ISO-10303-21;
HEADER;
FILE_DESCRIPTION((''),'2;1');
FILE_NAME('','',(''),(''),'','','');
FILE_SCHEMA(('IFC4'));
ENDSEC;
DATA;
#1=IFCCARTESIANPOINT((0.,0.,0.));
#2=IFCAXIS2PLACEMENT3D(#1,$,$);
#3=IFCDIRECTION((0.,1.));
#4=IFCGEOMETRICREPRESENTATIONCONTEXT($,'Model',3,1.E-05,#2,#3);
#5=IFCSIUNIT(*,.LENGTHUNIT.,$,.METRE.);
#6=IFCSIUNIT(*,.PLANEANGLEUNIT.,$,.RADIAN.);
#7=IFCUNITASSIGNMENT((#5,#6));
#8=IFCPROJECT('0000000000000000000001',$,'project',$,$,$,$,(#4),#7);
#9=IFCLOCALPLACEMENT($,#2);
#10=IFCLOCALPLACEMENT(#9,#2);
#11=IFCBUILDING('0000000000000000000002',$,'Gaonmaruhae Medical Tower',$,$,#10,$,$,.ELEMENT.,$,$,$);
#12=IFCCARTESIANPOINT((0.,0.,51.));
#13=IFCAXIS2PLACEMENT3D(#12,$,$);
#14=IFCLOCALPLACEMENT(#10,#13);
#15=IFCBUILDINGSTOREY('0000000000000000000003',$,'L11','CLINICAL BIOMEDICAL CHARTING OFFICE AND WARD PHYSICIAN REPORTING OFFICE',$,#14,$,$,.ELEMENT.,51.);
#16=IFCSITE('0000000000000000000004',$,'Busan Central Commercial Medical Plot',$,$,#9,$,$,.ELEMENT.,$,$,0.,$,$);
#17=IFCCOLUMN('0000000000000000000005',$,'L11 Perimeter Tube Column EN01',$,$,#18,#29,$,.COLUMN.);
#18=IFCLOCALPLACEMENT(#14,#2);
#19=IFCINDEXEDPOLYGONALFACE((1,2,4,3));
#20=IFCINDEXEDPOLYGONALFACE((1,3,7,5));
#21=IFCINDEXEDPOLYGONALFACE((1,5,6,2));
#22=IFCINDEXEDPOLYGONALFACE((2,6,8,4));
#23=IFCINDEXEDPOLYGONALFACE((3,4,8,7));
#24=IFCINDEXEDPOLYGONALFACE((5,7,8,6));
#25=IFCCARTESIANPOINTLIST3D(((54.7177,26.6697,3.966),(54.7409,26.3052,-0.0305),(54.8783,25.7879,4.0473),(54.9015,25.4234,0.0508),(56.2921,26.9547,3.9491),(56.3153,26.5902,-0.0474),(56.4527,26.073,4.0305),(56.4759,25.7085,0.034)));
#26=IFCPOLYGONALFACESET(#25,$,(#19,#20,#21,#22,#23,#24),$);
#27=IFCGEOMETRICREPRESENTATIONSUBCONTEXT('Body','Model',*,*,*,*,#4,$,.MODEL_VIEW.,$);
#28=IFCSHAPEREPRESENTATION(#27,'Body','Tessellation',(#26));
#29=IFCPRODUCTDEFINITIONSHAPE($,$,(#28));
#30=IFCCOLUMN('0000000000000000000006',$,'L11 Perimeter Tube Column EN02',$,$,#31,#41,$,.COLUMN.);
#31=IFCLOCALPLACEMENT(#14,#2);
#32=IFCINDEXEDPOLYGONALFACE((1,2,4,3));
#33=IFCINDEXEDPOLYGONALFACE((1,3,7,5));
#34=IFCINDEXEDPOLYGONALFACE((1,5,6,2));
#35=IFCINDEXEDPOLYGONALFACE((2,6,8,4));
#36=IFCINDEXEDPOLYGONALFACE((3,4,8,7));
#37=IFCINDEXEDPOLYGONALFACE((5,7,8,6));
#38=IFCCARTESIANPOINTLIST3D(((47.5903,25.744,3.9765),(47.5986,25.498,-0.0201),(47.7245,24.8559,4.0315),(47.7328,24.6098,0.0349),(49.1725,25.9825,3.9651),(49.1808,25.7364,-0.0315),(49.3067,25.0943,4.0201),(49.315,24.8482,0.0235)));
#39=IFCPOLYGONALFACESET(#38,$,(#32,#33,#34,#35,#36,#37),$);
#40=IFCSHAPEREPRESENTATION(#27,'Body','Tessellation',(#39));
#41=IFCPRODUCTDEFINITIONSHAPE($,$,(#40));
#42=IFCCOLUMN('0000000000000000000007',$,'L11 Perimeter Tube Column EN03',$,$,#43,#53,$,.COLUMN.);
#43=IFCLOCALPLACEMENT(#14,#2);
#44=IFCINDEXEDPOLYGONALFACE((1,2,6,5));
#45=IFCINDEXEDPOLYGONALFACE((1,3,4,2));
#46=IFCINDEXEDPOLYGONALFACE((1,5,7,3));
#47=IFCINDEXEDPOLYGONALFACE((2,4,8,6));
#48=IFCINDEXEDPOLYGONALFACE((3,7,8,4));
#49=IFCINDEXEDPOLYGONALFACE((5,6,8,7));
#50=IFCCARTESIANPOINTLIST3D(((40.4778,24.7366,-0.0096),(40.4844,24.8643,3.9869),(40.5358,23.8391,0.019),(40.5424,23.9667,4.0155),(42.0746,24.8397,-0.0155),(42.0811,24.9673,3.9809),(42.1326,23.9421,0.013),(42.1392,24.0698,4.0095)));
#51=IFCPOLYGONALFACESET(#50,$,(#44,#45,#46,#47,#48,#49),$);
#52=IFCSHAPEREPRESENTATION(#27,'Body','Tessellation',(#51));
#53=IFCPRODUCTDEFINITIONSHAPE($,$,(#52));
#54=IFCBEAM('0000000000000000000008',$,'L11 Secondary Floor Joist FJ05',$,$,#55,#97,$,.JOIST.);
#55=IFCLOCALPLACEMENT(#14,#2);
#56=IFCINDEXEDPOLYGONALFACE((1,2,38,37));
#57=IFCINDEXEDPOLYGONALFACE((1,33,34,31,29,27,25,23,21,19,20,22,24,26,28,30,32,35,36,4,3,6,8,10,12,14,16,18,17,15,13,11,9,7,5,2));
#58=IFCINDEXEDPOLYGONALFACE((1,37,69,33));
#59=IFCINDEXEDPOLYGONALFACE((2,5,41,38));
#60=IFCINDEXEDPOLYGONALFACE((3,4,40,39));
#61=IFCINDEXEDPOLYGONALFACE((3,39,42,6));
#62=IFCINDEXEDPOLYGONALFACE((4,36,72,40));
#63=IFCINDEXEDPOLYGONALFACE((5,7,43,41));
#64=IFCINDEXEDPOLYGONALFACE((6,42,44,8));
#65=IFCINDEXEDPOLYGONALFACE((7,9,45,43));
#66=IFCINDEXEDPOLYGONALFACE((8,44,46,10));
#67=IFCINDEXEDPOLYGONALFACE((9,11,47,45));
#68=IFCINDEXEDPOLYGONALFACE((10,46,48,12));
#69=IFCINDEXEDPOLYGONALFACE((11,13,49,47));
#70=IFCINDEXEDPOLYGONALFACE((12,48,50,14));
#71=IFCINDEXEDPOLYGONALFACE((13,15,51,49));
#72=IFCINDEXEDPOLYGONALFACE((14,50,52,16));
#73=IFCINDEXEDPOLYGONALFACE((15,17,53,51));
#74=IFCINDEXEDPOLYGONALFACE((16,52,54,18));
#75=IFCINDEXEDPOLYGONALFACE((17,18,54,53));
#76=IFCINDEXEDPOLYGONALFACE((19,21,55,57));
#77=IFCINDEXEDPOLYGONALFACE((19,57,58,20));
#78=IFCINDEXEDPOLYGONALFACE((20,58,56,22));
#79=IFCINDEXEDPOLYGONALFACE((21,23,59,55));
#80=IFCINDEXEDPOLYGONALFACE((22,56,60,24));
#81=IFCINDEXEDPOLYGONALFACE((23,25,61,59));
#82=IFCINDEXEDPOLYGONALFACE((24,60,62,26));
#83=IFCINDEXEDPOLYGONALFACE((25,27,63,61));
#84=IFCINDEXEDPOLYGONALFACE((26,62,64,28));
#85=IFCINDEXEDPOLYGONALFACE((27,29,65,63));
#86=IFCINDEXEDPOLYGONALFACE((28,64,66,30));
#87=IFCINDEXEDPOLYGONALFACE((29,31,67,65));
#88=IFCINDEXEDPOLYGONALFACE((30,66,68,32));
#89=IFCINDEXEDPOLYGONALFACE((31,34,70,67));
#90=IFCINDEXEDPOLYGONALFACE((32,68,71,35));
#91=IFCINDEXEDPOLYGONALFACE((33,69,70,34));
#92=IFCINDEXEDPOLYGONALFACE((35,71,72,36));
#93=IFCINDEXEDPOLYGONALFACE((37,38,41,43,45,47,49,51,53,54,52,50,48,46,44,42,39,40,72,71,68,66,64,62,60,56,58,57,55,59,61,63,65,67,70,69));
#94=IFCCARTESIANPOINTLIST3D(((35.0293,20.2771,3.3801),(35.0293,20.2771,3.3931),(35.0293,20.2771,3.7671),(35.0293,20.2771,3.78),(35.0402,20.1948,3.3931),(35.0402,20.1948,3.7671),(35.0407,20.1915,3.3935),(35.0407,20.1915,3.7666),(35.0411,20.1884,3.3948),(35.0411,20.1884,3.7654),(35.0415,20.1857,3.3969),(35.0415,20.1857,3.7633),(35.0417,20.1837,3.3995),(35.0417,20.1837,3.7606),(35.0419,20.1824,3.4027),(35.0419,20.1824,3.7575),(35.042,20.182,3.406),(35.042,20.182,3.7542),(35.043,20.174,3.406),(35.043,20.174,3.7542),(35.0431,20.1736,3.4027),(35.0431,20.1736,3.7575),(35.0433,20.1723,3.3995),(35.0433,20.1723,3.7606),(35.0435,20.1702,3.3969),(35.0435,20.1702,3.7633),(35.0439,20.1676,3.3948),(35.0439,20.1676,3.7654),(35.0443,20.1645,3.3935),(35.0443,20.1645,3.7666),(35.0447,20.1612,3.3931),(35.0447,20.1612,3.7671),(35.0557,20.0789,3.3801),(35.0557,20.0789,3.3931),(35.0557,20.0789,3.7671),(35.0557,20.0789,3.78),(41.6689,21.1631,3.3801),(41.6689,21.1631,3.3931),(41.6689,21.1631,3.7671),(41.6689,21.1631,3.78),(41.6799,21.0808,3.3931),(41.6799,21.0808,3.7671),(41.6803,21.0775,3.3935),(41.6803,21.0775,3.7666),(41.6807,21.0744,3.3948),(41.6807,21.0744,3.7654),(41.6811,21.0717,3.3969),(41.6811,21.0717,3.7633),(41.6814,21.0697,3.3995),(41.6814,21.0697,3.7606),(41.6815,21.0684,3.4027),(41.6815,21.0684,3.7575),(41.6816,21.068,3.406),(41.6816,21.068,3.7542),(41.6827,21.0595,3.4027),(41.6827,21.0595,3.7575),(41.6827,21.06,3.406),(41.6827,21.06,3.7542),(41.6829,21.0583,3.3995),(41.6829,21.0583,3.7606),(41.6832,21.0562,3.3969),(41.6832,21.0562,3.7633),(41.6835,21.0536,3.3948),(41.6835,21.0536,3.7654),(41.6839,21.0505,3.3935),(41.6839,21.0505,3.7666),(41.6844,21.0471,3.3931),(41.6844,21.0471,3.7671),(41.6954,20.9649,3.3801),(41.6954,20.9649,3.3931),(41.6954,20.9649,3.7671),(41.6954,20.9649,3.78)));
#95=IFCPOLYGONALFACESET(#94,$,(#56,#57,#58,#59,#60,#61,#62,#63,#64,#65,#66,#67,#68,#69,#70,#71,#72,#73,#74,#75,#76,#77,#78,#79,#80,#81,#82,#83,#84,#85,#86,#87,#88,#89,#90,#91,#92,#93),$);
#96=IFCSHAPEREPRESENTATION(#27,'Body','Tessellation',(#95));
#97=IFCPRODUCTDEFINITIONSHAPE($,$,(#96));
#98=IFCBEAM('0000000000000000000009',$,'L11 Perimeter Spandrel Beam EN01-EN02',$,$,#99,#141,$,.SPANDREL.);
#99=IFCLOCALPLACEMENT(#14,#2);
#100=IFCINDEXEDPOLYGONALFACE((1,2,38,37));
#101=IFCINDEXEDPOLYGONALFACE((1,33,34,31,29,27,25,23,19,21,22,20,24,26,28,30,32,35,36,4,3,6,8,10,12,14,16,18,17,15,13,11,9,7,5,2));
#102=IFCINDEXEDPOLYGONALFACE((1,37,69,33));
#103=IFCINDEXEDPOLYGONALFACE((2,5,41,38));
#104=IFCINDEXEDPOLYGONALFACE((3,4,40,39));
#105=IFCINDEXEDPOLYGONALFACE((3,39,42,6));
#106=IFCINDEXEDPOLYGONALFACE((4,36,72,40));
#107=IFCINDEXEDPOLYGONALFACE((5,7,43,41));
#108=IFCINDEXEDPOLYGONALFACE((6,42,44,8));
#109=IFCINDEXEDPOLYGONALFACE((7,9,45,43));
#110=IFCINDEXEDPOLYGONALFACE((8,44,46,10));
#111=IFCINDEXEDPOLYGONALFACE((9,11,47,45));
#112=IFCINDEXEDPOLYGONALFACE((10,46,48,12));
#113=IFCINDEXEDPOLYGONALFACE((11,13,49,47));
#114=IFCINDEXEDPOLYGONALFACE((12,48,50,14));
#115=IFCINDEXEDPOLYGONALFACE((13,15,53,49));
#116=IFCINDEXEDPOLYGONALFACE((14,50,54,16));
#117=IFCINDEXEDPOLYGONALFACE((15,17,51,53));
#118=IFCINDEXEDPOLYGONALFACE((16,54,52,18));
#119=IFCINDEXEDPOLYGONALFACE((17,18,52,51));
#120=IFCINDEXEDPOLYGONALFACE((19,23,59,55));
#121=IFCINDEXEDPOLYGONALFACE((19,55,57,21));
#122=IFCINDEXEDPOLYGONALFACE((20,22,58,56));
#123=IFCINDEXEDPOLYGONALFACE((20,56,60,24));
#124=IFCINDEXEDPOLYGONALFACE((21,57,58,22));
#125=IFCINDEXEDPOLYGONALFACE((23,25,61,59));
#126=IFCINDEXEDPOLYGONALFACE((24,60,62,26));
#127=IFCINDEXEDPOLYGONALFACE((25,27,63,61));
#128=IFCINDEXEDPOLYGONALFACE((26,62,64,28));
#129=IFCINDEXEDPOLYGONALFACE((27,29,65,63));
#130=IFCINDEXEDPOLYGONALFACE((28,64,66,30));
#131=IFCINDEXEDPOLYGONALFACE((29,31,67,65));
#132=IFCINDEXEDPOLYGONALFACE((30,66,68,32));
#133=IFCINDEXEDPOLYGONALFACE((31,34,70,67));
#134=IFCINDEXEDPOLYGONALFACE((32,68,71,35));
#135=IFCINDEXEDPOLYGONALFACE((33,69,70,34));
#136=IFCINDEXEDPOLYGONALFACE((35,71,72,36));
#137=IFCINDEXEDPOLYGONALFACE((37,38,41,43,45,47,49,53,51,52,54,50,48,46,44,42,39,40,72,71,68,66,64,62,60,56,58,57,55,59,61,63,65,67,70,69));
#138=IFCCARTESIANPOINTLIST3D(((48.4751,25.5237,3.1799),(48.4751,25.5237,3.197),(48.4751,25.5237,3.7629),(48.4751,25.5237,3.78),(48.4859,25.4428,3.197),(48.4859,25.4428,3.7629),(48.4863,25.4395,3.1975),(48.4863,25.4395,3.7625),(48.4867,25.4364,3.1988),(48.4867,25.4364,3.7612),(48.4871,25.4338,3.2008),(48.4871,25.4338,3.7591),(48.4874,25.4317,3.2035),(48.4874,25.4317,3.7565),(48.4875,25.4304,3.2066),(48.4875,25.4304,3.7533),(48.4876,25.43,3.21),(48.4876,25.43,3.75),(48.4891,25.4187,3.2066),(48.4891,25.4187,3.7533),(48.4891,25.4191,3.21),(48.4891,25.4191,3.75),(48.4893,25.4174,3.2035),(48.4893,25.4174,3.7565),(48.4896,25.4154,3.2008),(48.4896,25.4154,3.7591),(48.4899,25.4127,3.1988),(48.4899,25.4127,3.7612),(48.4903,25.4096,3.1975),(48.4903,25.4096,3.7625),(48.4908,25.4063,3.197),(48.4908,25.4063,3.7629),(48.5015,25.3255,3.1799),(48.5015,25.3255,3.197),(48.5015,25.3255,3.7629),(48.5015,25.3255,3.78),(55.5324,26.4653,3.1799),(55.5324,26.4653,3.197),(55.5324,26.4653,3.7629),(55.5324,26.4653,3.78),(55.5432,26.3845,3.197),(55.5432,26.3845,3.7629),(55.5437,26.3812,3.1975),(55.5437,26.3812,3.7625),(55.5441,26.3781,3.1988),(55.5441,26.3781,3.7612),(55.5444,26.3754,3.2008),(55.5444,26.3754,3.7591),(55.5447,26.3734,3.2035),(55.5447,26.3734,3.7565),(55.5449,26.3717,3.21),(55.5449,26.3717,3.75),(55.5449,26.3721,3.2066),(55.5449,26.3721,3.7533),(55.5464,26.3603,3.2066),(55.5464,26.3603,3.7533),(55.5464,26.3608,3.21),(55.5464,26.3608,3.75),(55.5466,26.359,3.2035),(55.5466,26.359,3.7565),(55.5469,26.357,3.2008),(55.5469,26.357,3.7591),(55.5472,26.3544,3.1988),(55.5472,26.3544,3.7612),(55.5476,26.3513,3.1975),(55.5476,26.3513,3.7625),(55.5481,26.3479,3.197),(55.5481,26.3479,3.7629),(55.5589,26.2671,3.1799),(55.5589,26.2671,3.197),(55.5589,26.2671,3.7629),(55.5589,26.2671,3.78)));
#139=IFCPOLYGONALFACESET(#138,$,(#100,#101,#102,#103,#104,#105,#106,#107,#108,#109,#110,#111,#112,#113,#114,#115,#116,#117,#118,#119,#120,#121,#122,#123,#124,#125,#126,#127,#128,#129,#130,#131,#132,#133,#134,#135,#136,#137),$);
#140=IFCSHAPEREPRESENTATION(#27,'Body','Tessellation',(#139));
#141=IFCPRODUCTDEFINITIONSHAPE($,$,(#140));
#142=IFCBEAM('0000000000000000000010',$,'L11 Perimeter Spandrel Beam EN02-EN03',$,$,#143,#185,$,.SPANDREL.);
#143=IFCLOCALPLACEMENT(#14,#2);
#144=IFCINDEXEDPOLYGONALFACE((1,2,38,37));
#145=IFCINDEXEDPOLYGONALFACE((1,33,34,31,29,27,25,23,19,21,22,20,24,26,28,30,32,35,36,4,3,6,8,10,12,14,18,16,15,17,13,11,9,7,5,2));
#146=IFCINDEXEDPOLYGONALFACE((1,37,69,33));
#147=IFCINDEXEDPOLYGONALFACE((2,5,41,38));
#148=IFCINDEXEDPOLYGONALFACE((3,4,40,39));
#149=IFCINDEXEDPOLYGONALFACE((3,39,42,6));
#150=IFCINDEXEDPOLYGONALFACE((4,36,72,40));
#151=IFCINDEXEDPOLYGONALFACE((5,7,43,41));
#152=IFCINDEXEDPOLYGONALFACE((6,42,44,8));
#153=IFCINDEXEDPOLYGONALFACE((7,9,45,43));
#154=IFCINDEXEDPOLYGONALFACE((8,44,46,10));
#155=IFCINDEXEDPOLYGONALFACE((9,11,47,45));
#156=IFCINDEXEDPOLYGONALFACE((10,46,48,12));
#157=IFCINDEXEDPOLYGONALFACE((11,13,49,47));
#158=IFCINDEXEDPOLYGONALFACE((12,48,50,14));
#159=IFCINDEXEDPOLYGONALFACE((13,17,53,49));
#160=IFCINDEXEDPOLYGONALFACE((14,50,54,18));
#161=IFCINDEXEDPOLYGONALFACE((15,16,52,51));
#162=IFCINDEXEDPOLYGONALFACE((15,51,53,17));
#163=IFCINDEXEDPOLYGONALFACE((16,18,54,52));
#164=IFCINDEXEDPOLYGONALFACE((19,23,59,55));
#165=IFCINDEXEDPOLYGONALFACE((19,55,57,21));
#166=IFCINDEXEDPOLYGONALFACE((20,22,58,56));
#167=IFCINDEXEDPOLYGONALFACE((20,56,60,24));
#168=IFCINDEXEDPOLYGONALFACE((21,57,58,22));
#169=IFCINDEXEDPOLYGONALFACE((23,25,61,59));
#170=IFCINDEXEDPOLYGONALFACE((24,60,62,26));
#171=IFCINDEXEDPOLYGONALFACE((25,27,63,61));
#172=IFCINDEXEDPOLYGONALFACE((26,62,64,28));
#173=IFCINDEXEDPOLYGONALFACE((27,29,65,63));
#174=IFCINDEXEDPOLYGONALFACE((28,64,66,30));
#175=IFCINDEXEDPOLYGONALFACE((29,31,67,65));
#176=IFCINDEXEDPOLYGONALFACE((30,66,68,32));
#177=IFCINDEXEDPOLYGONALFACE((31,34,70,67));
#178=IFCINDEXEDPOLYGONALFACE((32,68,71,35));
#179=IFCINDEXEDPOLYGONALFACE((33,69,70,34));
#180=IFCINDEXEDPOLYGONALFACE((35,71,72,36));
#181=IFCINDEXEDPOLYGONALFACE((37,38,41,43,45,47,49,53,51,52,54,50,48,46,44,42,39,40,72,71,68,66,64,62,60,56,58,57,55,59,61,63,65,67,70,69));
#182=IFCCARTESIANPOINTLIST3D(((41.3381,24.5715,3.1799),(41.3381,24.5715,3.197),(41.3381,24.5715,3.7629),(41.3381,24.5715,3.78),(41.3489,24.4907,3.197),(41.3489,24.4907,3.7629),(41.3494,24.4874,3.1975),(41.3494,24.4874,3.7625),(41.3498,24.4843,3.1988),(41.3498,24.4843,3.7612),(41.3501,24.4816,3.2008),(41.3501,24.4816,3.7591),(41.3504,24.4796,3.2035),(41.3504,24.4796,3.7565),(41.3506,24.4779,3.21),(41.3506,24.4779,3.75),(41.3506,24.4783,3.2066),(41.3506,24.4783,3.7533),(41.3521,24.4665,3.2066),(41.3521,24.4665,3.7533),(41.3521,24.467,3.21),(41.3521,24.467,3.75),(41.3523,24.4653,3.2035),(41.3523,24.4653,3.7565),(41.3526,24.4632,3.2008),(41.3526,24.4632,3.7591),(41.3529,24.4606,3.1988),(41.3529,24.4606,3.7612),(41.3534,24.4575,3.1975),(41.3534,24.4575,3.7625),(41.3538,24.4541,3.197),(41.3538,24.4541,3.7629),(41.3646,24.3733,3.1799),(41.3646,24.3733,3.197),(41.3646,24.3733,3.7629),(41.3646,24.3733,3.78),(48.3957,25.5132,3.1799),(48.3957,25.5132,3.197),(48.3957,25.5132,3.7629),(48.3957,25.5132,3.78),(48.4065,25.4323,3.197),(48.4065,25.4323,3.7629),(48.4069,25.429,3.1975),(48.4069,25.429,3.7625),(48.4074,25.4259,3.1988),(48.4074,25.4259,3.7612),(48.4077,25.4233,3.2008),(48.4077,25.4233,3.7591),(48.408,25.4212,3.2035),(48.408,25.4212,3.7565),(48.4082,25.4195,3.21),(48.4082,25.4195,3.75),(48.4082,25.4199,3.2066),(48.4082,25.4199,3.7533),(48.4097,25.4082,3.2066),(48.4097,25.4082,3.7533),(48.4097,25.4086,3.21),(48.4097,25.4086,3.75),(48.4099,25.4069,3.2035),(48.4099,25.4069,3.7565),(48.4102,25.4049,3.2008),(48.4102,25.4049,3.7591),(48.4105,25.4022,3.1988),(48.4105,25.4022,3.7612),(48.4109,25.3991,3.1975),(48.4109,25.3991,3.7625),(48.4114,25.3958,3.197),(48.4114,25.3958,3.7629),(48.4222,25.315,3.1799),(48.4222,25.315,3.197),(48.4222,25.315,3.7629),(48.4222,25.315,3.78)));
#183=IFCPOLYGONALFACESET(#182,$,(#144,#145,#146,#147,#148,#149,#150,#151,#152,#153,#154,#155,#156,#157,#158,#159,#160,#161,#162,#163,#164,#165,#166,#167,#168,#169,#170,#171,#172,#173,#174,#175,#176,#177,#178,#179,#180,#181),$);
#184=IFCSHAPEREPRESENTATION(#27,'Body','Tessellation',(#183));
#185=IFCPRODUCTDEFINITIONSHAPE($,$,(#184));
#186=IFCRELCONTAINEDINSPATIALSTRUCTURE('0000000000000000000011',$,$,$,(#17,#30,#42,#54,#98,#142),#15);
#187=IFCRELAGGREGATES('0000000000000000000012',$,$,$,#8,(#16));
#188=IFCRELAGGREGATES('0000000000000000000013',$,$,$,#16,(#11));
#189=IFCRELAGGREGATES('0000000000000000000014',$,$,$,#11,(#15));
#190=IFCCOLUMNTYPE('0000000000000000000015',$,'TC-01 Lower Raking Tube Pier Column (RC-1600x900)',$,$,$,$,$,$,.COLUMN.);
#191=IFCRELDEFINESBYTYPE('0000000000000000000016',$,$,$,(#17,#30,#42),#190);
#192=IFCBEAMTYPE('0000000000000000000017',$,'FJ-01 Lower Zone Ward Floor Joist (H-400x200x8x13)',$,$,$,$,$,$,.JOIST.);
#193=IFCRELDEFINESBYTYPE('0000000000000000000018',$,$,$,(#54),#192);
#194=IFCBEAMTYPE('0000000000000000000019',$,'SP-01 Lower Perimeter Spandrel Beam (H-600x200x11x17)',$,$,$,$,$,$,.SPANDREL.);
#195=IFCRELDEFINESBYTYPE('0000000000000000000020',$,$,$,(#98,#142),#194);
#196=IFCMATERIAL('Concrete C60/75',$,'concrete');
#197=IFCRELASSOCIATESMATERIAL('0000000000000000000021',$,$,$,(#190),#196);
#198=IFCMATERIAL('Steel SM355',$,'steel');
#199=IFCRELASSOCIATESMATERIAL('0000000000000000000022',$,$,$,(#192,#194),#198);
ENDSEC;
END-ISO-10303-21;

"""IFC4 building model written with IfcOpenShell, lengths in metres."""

from ifc_helpers import new_model, si_unit, direction, frame, origin, origin_2d, place, context, subcontext, project, spatial, rectangle, i_section, extrude, material, material_profile, profile_set, type_object, element, save


model = new_model("IFC4")

# Units and contexts
model_context = context("Model", 3, precision=1e-05, world=origin(), true_north=direction((0.0, 1.0)))
body_context = subcontext(model_context, "Body", "Model", "MODEL_VIEW")
ifc_project = project(units=[si_unit("LENGTHUNIT", "METRE"), si_unit("PLANEANGLEUNIT", "RADIAN")], contexts=[model_context])

# Site, building, storey
site_placement = place(None, origin())
site = spatial("IfcSite", under=ifc_project, at=site_placement, Name="Busan Central Commercial Medical Plot", CompositionType="ELEMENT", RefElevation=0.0)
building_placement = place(site_placement, origin())
building = spatial("IfcBuilding", under=site, at=building_placement, Name="Gaonmaruhae Medical Tower", CompositionType="ELEMENT")
storey_placement = place(building_placement, frame((0.0, 0.0, 51.0)))
storey = spatial("IfcBuildingStorey", under=building, at=storey_placement, Name="L11", Description="CLINICAL BIOMEDICAL CHARTING OFFICE AND WARD PHYSICIAN REPORTING OFFICE", CompositionType="ELEMENT", Elevation=51.0)

# Columns
ifc_material_1 = material(Name="Concrete C60/75", Category="concrete")
ifc_material_profile_1 = material_profile(ifc_material_1, rectangle(XDim=1.6001, YDim=0.8999, at=origin_2d()), Name="RC-1600x900")
ifc_profile_set_1 = profile_set([ifc_material_profile_1], Name="Concrete C60/75")
column_type = type_object("IfcColumnType", Name="TC-01 Lower Raking Tube Pier Column (RC-1600x900)", PredefinedType="COLUMN", material=ifc_profile_set_1)
column_1_placement = place(storey_placement, frame((55.6084, 26.0068, 0.0017), z_axis=(-0.005779, 0.090825, 0.99585), x_axis=(-0.983944, -0.178165, 0.010539)))
element("IfcColumn", 1, at=column_1_placement, inside=storey, type_object=column_type, Name="L11 Perimeter Tube Column EN01", PredefinedType="COLUMN", context=body_context, shape_type="SweptSolid", body=[
    extrude(rectangle(XDim=1.6001, YDim=0.8999, at=origin_2d()), origin(), (0.0, 0.0, 1.0), 4.0132),
])
column_2_placement = place(storey_placement, frame((48.4568, 25.1731, 0.0017), z_axis=(-0.002073, 0.06146, 0.998107), x_axis=(-0.988811, -0.149003, 0.007121)))
element("IfcColumn", 2, at=column_2_placement, inside=storey, type_object=column_type, Name="L11 Perimeter Tube Column EN02", PredefinedType="COLUMN", context=body_context, shape_type="SweptSolid", body=[
    extrude(rectangle(XDim=1.6001, YDim=0.8999, at=origin_2d()), origin(), (0.0, 0.0, 1.0), 4.0042),
])
column_3_placement = place(storey_placement, frame((41.3052, 24.3394, 0.0017), z_axis=(0.001649, 0.031932, 0.999489), x_axis=(-0.997919, -0.064381, 0.003703)))
element("IfcColumn", 3, at=column_3_placement, inside=storey, type_object=column_type, Name="L11 Perimeter Tube Column EN03", PredefinedType="COLUMN", context=body_context, shape_type="SweptSolid", body=[
    extrude(rectangle(XDim=1.6001, YDim=0.8999, at=origin_2d()), origin(), (0.0, 0.0, 1.0), 3.9985),
])

# Beams
ifc_material_2 = material(Name="Steel SM355", Category="steel")
ifc_material_profile_2 = material_profile(ifc_material_2, i_section(OverallWidth=0.2, OverallDepth=0.3999, WebThickness=0.0081, FlangeThickness=0.0129, FilletRadius=0.0129, at=origin_2d()), Name="H-400x200x8x13")
ifc_profile_set_2 = profile_set([ifc_material_profile_2], Name="Steel SM355")
beam_type_1 = type_object("IfcBeamType", Name="FJ-01 Lower Zone Ward Floor Joist (H-400x200x8x13)", PredefinedType="JOIST", material=ifc_profile_set_2)
beam_1_placement = place(storey_placement, frame((41.6821, 21.064, 3.5801), z_axis=(-0.991214, -0.132266, 0.0), x_axis=(0.132266, -0.991214, 0.0)))
element("IfcBeam", 4, at=beam_1_placement, inside=storey, type_object=beam_type_1, Name="L11 Secondary Floor Joist FJ05", PredefinedType="JOIST", context=body_context, shape_type="SweptSolid", body=[
    extrude(i_section(OverallWidth=0.2, OverallDepth=0.3999, WebThickness=0.0081, FlangeThickness=0.0129, FilletRadius=0.0129, at=origin_2d()), origin(), (0.0, 0.0, 1.0), 6.6985),
])
ifc_material_profile_3 = material_profile(ifc_material_2, i_section(OverallWidth=0.2, OverallDepth=0.6001, WebThickness=0.011, FlangeThickness=0.0171, FilletRadius=0.0129, at=origin_2d()), Name="H-600x200x11x17")
ifc_profile_set_3 = profile_set([ifc_material_profile_3], Name="Steel SM355")
beam_type_2 = type_object("IfcBeamType", Name="SP-01 Lower Perimeter Spandrel Beam (H-600x200x11x17)", PredefinedType="SPANDREL", material=ifc_profile_set_3)
beam_2_placement = place(storey_placement, frame((55.5457, 26.3662, 3.48), z_axis=(-0.991216, -0.132256, 0.0), x_axis=(0.132256, -0.991216, 0.0)))
element("IfcBeam", 5, at=beam_2_placement, inside=storey, type_object=beam_type_2, Name="L11 Perimeter Spandrel Beam EN01-EN02", PredefinedType="SPANDREL", context=body_context, shape_type="SweptSolid", body=[
    extrude(i_section(OverallWidth=0.2, OverallDepth=0.6001, WebThickness=0.011, FlangeThickness=0.0171, FilletRadius=0.0129, at=origin_2d()), origin(), (0.0, 0.0, 1.0), 7.1199),
])
for number, where, z_axis, x_axis, name in (
    (6, (48.4089, 25.4141, 3.48), (-0.991216, -0.132251, 0.0), (0.132251, -0.991216, 0.0), "L11 Perimeter Spandrel Beam EN02-EN03"),
):
    element("IfcBeam", number, at=place(storey_placement, frame(where, z_axis=z_axis, x_axis=x_axis)), inside=storey, type_object=beam_type_2, Name=name, PredefinedType="SPANDREL", context=body_context, shape_type="SweptSolid", body=[
        extrude(i_section(OverallWidth=0.2, OverallDepth=0.6001, WebThickness=0.011, FlangeThickness=0.0171, FilletRadius=0.0129, at=origin_2d()), origin(), (0.0, 0.0, 1.0), 7.1201),
    ])

save(model, "model.ifc")
